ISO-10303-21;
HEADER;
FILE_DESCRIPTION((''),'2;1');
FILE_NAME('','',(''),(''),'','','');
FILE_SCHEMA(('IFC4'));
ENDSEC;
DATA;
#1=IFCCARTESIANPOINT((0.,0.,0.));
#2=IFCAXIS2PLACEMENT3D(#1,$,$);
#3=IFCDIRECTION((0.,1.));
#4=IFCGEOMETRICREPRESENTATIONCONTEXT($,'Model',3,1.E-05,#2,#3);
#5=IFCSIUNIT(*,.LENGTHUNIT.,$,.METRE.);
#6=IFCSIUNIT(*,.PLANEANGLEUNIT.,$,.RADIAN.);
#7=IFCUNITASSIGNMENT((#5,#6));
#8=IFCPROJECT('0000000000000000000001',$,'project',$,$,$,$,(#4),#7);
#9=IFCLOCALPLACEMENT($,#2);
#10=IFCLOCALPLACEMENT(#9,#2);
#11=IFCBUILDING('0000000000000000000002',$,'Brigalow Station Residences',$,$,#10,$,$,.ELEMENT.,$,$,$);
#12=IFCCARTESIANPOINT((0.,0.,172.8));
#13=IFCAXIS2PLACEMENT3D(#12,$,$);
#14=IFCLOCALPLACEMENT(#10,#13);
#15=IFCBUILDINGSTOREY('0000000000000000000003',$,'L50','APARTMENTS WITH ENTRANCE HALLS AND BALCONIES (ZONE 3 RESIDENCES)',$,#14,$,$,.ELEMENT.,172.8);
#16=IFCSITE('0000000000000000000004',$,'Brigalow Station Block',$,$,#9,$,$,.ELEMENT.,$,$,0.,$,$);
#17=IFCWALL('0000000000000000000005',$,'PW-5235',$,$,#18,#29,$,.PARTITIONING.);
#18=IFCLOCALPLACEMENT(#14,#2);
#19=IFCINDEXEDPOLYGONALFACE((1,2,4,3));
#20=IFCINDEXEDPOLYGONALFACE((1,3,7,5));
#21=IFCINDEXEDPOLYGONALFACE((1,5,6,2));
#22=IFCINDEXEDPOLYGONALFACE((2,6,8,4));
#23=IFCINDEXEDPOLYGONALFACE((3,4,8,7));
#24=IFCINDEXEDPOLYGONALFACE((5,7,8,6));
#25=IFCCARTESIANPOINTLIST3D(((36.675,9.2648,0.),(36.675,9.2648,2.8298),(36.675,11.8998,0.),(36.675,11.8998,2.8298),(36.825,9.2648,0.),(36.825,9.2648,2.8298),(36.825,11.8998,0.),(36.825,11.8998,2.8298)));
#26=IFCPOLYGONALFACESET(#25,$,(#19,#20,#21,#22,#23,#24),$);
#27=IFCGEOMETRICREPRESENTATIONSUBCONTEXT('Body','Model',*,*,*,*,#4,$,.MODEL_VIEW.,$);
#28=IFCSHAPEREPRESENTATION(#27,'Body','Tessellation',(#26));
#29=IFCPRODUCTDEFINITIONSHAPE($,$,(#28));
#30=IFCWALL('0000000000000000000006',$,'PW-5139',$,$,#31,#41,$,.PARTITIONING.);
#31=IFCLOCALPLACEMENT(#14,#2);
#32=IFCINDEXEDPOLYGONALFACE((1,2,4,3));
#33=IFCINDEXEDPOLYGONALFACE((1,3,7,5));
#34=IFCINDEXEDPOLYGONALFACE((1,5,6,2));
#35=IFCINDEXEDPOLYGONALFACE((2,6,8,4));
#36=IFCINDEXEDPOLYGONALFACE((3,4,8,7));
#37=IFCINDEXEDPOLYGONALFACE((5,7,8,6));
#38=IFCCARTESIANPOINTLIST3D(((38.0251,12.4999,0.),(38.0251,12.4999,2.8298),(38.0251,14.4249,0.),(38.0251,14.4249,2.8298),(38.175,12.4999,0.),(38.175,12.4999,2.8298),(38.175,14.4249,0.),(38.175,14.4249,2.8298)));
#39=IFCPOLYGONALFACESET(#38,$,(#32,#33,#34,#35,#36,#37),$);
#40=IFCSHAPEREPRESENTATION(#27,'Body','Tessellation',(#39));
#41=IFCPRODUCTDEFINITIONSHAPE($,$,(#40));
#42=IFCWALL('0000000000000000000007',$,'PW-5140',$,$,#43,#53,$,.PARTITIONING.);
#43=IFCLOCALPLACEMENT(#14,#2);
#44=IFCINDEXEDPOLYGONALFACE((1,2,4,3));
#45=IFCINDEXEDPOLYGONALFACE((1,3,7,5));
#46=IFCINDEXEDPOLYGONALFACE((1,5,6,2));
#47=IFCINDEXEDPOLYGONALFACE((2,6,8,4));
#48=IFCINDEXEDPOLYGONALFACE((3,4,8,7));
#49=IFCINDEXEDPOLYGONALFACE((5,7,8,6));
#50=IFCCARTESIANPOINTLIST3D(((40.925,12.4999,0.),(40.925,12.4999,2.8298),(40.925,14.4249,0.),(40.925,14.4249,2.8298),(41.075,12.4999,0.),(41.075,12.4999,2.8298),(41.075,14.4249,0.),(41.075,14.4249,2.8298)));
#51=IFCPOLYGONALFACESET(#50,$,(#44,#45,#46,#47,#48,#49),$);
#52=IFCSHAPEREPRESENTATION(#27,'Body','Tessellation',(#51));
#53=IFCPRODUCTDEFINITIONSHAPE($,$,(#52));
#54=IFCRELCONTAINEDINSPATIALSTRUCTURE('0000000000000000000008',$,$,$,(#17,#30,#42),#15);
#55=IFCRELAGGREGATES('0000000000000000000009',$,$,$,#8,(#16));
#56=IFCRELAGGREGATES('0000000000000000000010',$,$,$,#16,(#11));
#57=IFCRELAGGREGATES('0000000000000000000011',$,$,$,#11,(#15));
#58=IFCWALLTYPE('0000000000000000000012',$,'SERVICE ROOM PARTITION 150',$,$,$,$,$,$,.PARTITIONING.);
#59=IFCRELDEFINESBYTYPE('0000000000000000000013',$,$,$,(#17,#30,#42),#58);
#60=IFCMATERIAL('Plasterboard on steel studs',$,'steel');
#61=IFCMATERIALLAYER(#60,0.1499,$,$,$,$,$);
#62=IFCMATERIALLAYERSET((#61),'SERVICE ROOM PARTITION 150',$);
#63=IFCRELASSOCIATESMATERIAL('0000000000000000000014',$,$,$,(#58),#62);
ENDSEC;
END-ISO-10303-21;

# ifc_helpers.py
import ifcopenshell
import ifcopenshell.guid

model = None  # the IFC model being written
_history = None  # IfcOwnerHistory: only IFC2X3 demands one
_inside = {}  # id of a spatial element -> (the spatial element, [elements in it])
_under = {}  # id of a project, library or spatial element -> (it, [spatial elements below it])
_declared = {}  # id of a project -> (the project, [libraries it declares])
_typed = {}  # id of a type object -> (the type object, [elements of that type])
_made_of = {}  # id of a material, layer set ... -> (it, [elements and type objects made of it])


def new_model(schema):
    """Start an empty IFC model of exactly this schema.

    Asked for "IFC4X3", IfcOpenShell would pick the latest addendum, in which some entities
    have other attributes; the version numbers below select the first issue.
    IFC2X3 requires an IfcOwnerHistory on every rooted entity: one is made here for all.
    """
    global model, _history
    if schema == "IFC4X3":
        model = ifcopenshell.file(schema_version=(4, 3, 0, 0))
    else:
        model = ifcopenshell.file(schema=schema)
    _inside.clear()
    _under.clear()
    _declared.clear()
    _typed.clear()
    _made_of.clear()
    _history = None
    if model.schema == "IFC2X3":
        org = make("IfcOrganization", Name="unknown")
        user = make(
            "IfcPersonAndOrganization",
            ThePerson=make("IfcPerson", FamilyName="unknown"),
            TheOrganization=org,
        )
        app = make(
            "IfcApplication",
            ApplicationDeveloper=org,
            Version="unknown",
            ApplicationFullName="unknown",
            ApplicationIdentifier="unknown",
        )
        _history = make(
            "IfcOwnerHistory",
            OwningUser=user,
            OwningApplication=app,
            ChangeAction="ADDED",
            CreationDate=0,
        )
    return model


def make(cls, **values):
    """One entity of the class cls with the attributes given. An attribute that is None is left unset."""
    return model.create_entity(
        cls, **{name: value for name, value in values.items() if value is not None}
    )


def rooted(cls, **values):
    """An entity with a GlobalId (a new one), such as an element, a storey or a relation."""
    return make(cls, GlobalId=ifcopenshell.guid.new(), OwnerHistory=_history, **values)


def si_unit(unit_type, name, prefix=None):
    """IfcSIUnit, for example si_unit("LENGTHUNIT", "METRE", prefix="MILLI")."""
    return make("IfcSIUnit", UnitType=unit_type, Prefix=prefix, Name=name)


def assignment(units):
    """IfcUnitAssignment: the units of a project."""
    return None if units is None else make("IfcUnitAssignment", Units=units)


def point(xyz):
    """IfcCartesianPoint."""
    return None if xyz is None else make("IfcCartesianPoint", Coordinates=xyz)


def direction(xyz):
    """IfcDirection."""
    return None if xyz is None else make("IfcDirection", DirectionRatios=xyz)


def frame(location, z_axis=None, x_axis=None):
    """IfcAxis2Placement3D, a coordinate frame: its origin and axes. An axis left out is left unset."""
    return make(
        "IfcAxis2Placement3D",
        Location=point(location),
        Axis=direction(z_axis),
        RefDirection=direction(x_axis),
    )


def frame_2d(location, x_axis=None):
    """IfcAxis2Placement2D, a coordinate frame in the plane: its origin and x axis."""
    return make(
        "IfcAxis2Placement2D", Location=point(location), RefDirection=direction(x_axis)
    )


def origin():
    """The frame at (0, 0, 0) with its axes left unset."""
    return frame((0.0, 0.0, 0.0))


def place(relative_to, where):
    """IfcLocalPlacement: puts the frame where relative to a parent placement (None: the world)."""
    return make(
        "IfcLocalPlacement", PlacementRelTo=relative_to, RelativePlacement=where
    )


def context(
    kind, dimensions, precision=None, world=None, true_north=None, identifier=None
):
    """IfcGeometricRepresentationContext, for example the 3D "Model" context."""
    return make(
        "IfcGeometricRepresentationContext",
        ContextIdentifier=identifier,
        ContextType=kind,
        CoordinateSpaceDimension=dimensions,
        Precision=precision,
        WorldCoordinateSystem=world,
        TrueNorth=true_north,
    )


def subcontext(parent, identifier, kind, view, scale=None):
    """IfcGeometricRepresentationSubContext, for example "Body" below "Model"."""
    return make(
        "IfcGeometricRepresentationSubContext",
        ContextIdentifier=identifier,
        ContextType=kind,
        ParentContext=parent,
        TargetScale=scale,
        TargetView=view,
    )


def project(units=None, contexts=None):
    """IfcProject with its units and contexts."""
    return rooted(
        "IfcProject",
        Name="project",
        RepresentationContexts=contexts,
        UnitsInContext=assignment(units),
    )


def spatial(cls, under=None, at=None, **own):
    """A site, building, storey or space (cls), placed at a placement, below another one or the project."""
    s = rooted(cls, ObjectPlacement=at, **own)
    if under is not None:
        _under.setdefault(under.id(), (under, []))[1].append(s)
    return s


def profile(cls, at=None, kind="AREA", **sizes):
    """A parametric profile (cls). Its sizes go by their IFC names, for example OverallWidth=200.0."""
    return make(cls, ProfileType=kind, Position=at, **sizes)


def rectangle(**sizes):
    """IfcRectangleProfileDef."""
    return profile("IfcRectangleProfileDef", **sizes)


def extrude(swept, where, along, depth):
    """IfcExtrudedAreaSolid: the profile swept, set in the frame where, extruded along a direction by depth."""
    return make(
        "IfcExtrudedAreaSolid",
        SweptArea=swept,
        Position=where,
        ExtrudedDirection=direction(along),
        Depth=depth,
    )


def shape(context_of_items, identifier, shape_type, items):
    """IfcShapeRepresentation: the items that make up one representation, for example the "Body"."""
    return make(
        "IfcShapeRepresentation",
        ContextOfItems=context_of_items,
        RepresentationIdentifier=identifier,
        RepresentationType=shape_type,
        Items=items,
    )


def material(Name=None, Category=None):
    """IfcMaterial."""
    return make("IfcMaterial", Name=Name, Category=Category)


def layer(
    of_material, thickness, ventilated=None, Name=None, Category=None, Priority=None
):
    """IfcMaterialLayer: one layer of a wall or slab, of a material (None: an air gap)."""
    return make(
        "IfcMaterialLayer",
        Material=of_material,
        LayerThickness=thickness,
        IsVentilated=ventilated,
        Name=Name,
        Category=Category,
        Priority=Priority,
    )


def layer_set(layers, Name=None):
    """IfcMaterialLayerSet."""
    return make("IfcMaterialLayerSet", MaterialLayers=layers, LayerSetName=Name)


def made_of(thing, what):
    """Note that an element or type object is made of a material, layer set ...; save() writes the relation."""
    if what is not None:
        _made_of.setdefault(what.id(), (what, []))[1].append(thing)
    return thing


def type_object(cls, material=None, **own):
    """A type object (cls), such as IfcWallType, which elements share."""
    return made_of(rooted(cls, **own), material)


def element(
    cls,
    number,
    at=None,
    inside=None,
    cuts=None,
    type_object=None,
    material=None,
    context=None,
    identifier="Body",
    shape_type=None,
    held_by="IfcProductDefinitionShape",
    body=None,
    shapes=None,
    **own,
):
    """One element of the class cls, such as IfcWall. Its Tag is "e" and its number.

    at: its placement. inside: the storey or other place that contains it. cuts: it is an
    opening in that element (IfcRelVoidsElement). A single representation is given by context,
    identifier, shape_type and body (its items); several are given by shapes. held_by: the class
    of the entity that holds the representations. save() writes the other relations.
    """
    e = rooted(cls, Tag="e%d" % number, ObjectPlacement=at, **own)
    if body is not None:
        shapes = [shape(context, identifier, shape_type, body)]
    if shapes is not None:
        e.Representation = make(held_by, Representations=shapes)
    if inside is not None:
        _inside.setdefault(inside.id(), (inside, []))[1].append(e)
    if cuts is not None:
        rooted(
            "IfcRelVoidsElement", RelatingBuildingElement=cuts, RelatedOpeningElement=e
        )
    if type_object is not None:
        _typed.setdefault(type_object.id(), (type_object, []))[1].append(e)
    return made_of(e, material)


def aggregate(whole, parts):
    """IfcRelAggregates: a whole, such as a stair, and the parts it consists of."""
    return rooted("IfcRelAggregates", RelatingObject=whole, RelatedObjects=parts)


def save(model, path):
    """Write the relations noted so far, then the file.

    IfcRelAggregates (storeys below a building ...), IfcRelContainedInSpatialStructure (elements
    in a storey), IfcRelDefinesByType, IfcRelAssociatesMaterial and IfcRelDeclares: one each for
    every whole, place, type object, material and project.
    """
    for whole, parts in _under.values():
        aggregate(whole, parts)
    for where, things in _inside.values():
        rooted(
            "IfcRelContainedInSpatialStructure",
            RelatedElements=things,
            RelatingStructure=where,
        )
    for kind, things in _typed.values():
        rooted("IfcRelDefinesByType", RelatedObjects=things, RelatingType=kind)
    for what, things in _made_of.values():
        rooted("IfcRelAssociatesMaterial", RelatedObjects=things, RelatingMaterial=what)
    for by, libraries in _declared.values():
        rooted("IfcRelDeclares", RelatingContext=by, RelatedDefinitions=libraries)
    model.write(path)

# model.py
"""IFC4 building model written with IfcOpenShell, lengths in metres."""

from ifc_helpers import new_model, si_unit, direction, frame, frame_2d, origin, place, context, subcontext, project, spatial, rectangle, extrude, material, layer, layer_set, type_object, element, save


model = new_model("IFC4")

# Units and contexts
model_context = context("Model", 3, precision=1e-05, world=origin(), true_north=direction((0.0, 1.0)))
body_context = subcontext(model_context, "Body", "Model", "MODEL_VIEW")
ifc_project = project(units=[si_unit("LENGTHUNIT", "METRE"), si_unit("PLANEANGLEUNIT", "RADIAN")], contexts=[model_context])

# Site, building, storey
site_placement = place(None, origin())
site = spatial("IfcSite", under=ifc_project, at=site_placement, Name="Brigalow Station Block", CompositionType="ELEMENT", RefElevation=0.0)
building_placement = place(site_placement, origin())
building = spatial("IfcBuilding", under=site, at=building_placement, Name="Brigalow Station Residences", CompositionType="ELEMENT")
storey_placement = place(building_placement, frame((0.0, 0.0, 172.8)))
storey = spatial("IfcBuildingStorey", under=building, at=storey_placement, Name="L50", Description="APARTMENTS WITH ENTRANCE HALLS AND BALCONIES (ZONE 3 RESIDENCES)", CompositionType="ELEMENT", Elevation=172.8)

# Shared definitions
ifc_material_1 = material(Name="Plasterboard on steel studs", Category="steel")
ifc_layer_1 = layer(ifc_material_1, 0.1499)
ifc_layer_set_1 = layer_set([ifc_layer_1], Name="SERVICE ROOM PARTITION 150")
wall_type_1 = type_object("IfcWallType", Name="SERVICE ROOM PARTITION 150", PredefinedType="PARTITIONING", material=ifc_layer_set_1)

# Walls
wall_1_placement = place(storey_placement, frame((36.75, 9.2649, 0.0), z_axis=(0.0, 0.0, 1.0), x_axis=(0.0, 1.0, 0.0)))
element("IfcWall", 1, at=wall_1_placement, inside=storey, type_object=wall_type_1, Name="PW-5235", PredefinedType="PARTITIONING", context=body_context, shape_type="SweptSolid", body=[
    extrude(rectangle(XDim=2.635, YDim=0.1499, at=frame_2d((1.3174, 0.0))), origin(), (0.0, 0.0, 1.0), 2.8298),
])
for number, where, z_axis, x_axis, name in (
    (2, (38.1001, 12.5, 0.0), (0.0, 0.0, 1.0), (0.0, 1.0, 0.0), "PW-5139"),
    (3, (41.0, 12.5, 0.0), (0.0, 0.0, 1.0), (0.0, 1.0, 0.0), "PW-5140"),
):
    element("IfcWall", number, at=place(storey_placement, frame(where, z_axis=z_axis, x_axis=x_axis)), inside=storey, type_object=wall_type_1, Name=name, PredefinedType="PARTITIONING", context=body_context, shape_type="SweptSolid", body=[
        extrude(rectangle(XDim=1.925, YDim=0.1499, at=frame_2d((0.9624, 0.0))), origin(), (0.0, 0.0, 1.0), 2.8298),
    ])

save(model, "model.ifc")
